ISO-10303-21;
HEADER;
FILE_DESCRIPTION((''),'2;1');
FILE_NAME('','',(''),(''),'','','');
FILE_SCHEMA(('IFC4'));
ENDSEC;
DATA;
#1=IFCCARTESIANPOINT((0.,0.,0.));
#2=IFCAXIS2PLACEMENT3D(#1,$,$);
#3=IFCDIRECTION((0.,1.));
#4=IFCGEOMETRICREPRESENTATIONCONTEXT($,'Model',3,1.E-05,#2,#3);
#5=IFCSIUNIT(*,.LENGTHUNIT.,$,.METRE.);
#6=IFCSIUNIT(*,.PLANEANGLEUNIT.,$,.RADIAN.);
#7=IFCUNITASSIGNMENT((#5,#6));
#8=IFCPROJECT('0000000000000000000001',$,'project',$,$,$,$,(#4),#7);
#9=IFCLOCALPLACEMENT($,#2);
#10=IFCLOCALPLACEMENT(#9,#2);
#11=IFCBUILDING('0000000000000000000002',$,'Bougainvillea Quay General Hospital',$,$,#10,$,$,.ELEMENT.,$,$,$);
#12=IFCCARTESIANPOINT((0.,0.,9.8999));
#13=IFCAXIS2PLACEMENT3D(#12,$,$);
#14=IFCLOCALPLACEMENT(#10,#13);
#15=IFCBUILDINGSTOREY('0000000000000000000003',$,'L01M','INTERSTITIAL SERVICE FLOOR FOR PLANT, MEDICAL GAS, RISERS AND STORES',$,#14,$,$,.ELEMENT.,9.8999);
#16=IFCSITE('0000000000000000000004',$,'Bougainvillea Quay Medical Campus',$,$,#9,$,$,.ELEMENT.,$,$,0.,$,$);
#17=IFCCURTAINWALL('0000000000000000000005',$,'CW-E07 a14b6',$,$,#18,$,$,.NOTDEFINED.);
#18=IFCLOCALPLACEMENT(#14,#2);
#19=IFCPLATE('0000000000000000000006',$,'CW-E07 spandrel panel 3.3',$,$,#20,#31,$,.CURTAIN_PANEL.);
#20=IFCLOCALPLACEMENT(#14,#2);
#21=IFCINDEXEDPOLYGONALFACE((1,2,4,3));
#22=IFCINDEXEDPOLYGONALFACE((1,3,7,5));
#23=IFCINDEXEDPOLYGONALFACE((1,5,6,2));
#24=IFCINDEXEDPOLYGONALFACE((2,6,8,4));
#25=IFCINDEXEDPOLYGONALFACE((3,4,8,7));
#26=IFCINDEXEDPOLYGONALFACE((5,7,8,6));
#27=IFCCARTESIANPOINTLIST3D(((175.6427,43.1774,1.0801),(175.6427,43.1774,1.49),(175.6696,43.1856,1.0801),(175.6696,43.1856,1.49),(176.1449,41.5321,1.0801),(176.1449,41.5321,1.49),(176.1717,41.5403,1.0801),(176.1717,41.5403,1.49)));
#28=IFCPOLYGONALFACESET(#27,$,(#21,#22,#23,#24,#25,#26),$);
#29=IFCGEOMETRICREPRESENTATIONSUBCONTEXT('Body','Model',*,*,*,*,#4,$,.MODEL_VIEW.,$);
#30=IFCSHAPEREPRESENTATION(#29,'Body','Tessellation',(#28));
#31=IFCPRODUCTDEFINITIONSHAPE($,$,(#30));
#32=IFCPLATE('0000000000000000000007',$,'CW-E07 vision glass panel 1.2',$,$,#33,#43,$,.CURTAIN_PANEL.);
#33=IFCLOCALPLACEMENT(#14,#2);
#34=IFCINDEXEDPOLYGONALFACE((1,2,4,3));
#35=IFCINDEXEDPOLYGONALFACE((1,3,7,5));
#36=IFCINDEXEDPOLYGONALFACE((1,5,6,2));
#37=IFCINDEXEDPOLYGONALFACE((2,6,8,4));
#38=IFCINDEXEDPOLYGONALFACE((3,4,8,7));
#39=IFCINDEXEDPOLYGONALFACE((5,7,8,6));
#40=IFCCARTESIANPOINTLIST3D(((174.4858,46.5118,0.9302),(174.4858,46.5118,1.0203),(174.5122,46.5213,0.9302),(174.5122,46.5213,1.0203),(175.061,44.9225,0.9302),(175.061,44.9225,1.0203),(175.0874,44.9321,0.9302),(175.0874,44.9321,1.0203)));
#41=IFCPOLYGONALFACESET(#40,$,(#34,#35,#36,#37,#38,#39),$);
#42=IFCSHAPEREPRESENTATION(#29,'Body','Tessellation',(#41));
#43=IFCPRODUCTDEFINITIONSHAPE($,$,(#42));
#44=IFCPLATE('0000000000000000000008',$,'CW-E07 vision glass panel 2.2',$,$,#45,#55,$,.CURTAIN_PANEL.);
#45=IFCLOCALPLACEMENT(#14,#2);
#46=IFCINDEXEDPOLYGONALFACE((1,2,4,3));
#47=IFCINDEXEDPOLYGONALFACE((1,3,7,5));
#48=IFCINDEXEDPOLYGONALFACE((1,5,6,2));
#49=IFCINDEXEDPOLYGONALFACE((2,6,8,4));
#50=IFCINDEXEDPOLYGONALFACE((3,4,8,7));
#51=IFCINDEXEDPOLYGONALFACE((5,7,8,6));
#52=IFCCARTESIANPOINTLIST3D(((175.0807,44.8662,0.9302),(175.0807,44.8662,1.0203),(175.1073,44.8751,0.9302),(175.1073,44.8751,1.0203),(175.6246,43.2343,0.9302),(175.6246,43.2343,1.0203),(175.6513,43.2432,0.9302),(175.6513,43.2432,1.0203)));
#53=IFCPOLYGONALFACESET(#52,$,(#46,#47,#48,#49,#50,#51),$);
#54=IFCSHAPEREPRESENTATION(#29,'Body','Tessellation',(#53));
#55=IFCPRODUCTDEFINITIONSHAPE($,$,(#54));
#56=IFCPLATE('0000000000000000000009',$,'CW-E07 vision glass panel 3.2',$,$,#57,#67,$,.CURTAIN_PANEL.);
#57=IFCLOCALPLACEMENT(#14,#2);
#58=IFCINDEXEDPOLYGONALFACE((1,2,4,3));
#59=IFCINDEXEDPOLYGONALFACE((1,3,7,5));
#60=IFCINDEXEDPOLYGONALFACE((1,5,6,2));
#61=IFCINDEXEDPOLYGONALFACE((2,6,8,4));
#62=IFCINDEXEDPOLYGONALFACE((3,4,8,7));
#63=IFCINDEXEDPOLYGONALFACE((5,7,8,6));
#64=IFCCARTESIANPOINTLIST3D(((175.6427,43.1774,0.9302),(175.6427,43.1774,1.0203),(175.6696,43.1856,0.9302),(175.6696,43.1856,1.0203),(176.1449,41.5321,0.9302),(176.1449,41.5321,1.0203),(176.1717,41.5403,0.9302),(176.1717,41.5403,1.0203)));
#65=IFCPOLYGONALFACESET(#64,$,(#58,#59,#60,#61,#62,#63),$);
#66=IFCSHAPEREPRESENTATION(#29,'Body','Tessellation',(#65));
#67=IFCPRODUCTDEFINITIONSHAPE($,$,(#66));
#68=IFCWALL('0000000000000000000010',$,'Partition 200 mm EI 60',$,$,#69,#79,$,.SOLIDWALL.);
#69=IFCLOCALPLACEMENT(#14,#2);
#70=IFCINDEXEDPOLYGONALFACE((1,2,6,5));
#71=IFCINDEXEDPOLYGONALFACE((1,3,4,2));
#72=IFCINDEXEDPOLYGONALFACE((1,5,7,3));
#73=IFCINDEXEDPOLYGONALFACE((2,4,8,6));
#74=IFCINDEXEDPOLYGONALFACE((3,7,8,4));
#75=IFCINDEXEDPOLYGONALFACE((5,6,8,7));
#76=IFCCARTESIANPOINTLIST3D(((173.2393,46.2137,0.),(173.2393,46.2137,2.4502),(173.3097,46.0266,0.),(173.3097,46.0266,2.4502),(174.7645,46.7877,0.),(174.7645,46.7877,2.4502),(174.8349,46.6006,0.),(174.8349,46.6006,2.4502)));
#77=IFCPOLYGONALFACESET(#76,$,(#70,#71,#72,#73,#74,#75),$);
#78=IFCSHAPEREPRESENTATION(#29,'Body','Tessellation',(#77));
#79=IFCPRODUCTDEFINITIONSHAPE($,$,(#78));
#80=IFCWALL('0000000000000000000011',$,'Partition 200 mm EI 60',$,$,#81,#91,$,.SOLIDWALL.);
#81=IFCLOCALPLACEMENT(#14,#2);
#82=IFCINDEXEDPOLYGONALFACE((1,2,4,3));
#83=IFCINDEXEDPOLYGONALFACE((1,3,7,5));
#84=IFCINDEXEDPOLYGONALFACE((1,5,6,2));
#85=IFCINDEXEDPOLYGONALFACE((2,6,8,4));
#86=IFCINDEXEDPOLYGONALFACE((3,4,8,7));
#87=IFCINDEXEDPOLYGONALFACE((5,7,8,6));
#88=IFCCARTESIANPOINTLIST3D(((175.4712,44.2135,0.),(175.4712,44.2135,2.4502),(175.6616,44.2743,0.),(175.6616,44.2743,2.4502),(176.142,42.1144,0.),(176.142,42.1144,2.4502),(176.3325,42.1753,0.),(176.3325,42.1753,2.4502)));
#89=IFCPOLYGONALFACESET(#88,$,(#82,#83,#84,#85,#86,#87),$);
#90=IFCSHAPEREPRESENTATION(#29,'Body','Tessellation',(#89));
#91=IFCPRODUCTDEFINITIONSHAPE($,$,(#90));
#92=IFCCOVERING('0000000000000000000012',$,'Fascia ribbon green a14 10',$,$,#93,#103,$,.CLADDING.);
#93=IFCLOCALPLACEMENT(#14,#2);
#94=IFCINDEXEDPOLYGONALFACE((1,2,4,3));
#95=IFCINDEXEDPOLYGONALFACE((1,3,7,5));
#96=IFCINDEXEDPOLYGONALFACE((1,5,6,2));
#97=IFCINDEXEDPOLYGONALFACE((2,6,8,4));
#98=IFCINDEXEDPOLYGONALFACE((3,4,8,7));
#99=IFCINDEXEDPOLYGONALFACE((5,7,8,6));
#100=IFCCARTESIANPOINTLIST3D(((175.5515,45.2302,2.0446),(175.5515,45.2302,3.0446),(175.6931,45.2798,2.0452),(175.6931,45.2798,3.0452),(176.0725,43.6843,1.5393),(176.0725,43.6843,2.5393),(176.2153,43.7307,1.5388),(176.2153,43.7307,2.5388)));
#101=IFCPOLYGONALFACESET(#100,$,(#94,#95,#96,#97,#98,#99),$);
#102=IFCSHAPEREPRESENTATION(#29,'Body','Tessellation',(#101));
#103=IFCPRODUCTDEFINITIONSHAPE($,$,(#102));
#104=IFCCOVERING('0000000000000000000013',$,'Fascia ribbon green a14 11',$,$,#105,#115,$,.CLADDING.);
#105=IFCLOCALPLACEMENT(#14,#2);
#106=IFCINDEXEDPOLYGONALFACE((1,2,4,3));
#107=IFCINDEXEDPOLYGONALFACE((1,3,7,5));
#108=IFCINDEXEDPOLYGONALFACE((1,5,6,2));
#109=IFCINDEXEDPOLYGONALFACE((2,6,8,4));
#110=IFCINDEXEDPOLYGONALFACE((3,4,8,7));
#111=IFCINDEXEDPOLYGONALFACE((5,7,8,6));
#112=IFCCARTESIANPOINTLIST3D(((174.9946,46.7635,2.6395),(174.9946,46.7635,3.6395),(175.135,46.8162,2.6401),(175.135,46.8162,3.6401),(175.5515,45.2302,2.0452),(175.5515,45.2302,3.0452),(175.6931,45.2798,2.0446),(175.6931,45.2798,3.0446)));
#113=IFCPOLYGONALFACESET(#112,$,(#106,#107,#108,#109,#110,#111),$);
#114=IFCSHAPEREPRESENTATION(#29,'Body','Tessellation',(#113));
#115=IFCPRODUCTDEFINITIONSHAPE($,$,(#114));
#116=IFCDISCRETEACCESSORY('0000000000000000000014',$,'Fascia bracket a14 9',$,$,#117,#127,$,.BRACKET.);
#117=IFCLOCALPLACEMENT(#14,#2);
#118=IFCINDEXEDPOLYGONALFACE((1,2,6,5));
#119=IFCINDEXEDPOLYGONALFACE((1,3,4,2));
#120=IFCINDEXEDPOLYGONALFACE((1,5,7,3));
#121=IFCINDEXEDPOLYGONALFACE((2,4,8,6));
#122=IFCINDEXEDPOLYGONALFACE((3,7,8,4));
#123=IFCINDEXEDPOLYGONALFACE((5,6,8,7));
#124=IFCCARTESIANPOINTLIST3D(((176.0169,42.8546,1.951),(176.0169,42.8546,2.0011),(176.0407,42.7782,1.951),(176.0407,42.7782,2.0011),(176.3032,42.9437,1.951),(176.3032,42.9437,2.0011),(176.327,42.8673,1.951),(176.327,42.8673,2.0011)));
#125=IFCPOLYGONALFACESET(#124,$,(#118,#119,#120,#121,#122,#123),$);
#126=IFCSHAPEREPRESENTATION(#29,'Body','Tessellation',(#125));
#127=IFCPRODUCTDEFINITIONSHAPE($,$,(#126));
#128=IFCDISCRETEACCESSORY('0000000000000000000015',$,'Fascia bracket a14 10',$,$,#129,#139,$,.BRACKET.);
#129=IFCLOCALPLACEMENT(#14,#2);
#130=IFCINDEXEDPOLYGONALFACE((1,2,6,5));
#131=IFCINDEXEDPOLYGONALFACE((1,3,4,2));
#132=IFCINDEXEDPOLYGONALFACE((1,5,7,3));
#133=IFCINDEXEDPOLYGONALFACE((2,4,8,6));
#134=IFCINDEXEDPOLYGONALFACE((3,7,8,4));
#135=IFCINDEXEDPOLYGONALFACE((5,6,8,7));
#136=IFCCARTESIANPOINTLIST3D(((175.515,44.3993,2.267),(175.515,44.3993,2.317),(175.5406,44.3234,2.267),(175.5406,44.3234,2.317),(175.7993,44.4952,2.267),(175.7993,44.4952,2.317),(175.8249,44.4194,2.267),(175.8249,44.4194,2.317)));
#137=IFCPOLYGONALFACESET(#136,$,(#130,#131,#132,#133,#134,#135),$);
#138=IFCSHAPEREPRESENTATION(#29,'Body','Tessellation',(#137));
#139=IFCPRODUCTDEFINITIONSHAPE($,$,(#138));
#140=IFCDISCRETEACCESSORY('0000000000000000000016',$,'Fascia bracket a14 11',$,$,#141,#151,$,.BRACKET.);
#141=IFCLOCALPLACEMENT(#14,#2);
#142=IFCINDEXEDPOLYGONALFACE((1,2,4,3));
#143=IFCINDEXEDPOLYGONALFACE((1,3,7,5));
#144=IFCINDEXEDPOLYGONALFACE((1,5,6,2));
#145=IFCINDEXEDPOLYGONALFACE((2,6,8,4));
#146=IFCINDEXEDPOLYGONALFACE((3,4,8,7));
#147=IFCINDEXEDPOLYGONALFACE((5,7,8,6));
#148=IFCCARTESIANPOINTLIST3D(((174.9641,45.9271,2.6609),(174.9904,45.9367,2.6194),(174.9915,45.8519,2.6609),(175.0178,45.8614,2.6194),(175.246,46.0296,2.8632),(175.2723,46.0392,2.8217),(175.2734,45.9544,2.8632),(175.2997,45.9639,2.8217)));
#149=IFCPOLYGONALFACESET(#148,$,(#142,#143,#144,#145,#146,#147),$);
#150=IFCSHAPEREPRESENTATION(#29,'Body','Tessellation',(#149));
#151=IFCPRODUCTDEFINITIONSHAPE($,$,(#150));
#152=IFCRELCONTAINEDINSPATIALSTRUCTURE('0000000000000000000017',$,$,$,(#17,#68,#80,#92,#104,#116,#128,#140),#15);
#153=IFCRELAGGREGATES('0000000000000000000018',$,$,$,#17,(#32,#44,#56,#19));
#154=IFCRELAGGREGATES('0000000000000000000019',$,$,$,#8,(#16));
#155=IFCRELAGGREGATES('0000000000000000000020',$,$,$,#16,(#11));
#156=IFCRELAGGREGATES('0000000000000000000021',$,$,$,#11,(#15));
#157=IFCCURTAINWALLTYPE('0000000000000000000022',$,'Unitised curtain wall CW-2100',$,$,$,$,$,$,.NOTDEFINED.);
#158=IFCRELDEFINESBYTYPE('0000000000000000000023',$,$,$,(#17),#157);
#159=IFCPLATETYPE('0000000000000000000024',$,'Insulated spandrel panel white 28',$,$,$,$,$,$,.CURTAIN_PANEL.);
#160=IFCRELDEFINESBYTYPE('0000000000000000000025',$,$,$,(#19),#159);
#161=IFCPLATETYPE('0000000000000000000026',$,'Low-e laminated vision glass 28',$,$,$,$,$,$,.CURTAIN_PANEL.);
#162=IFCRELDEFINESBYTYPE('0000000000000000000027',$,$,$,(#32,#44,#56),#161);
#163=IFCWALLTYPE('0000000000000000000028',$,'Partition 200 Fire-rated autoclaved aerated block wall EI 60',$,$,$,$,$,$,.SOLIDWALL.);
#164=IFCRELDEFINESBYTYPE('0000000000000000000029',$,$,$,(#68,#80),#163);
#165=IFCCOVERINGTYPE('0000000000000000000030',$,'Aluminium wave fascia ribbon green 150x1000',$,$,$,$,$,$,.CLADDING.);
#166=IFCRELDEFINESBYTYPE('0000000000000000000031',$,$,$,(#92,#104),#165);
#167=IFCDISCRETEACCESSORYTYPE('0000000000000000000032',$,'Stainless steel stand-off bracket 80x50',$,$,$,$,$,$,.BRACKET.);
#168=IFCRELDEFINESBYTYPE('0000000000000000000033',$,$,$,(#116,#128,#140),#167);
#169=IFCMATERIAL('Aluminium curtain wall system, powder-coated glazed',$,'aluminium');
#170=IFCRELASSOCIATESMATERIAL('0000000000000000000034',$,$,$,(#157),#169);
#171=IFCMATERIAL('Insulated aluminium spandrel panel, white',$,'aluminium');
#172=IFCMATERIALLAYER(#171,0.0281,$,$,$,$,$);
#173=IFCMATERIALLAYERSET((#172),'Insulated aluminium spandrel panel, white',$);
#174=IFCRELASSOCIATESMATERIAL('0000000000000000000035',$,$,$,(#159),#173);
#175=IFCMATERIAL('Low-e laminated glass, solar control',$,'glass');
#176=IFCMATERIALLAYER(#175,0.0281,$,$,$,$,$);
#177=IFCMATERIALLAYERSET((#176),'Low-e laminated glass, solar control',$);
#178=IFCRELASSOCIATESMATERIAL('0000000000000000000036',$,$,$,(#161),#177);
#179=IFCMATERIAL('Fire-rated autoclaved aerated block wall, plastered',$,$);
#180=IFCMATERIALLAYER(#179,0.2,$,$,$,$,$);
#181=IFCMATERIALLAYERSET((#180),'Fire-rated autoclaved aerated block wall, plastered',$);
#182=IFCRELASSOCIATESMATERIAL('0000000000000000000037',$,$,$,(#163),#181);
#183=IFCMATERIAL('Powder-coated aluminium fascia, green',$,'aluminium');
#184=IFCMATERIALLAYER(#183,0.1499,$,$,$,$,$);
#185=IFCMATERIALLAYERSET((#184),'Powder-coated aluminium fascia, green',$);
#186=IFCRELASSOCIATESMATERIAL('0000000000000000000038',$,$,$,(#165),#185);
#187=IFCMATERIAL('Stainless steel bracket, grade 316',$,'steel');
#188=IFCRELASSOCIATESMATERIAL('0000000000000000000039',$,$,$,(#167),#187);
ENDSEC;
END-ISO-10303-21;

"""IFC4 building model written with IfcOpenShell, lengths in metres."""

from ifc_helpers import new_model, si_unit, direction, frame, frame_2d, origin, origin_2d, place, context, subcontext, project, spatial, polyline, rectangle, outline, extrude, material, layer, layer_set, material_profile, profile_set, type_object, element, aggregate, save


model = new_model("IFC4")

# Units and contexts
model_context = context("Model", 3, precision=1e-05, world=origin(), true_north=direction((0.0, 1.0)))
body_context = subcontext(model_context, "Body", "Model", "MODEL_VIEW")
ifc_project = project(units=[si_unit("LENGTHUNIT", "METRE"), si_unit("PLANEANGLEUNIT", "RADIAN")], contexts=[model_context])

# Site, building, storey
site_placement = place(None, origin())
site = spatial("IfcSite", under=ifc_project, at=site_placement, Name="Bougainvillea Quay Medical Campus", CompositionType="ELEMENT", RefElevation=0.0)
building_placement = place(site_placement, origin())
building = spatial("IfcBuilding", under=site, at=building_placement, Name="Bougainvillea Quay General Hospital", CompositionType="ELEMENT")
storey_placement = place(building_placement, frame((0.0, 0.0, 9.8999)))
storey = spatial("IfcBuildingStorey", under=building, at=storey_placement, Name="L01M", Description="INTERSTITIAL SERVICE FLOOR FOR PLANT, MEDICAL GAS, RISERS AND STORES", CompositionType="ELEMENT", Elevation=9.8999)

# Curtain wall, plates
ifc_material_1 = material(Name="Aluminium curtain wall system, powder-coated glazed", Category="aluminium")
curtain_wall_type = type_object("IfcCurtainWallType", Name="Unitised curtain wall CW-2100", PredefinedType="NOTDEFINED", material=ifc_material_1)
curtain_wall_placement = place(storey_placement, origin())
curtain_wall = element("IfcCurtainWall", 1, at=curtain_wall_placement, inside=storey, type_object=curtain_wall_type, Name="CW-E07 a14b6", PredefinedType="NOTDEFINED")
ifc_material_2 = material(Name="Insulated aluminium spandrel panel, white", Category="aluminium")
ifc_layer_1 = layer(ifc_material_2, 0.0281)
ifc_layer_set_1 = layer_set([ifc_layer_1], Name="Insulated aluminium spandrel panel, white")
plate_type_1 = type_object("IfcPlateType", Name="Insulated spandrel panel white 28", PredefinedType="CURTAIN_PANEL", material=ifc_layer_set_1)
plate_1_placement = place(storey_placement, frame((175.9072, 42.3589, 1.0801), z_axis=(0.0, 0.0, 1.0), x_axis=(0.291904, -0.956448, 0.0)))
plate_1 = element("IfcPlate", 2, at=plate_1_placement, type_object=plate_type_1, Name="CW-E07 spandrel panel 3.3", PredefinedType="CURTAIN_PANEL", context=body_context, shape_type="SweptSolid", body=[
    extrude(rectangle(XDim=1.7202, YDim=0.0281, at=origin_2d()), origin(), (0.0, 0.0, 1.0), 0.4099),
])
ifc_material_3 = material(Name="Low-e laminated glass, solar control", Category="glass")
ifc_layer_2 = layer(ifc_material_3, 0.0281)
ifc_layer_set_2 = layer_set([ifc_layer_2], Name="Low-e laminated glass, solar control")
plate_type_2 = type_object("IfcPlateType", Name="Low-e laminated vision glass 28", PredefinedType="CURTAIN_PANEL", material=ifc_layer_set_2)
plate_2_placement = place(storey_placement, frame((174.7866, 45.7219, 0.9302), z_axis=(0.0, 0.0, 1.0), x_axis=(0.340327, -0.940307, 0.0)))
plate_2 = element("IfcPlate", 3, at=plate_2_placement, type_object=plate_type_2, Name="CW-E07 vision glass panel 1.2", PredefinedType="CURTAIN_PANEL", context=body_context, shape_type="SweptSolid", body=[
    extrude(rectangle(XDim=1.6902, YDim=0.0281, at=origin_2d()), origin(), (0.0, 0.0, 1.0), 0.0901),
])
plate_3_placement = place(storey_placement, frame((175.366, 44.0547, 0.9302), z_axis=(0.0, 0.0, 1.0), x_axis=(0.316219, -0.948686, 0.0)))
plate_3 = element("IfcPlate", 4, at=plate_3_placement, type_object=plate_type_2, Name="CW-E07 vision glass panel 2.2", PredefinedType="CURTAIN_PANEL", context=body_context, shape_type="SweptSolid", body=[
    extrude(rectangle(XDim=1.7202, YDim=0.0281, at=origin_2d()), origin(), (0.0, 0.0, 1.0), 0.0901),
])
plate_4_placement = place(storey_placement, frame((175.9072, 42.3589, 0.9302), z_axis=(0.0, 0.0, 1.0), x_axis=(0.291904, -0.956448, 0.0)))
plate_4 = element("IfcPlate", 5, at=plate_4_placement, type_object=plate_type_2, Name="CW-E07 vision glass panel 3.2", PredefinedType="CURTAIN_PANEL", context=body_context, shape_type="SweptSolid", body=[
    extrude(rectangle(XDim=1.7202, YDim=0.0281, at=origin_2d()), origin(), (0.0, 0.0, 1.0), 0.0901),
])
aggregate(curtain_wall, [plate_2, plate_3, plate_4, plate_1])

# Walls
ifc_material_4 = material(Name="Fire-rated autoclaved aerated block wall, plastered")
ifc_layer_3 = layer(ifc_material_4, 0.2)
ifc_layer_set_3 = layer_set([ifc_layer_3], Name="Fire-rated autoclaved aerated block wall, plastered")
wall_type = type_object("IfcWallType", Name="Partition 200 Fire-rated autoclaved aerated block wall EI 60", PredefinedType="SOLIDWALL", material=ifc_layer_set_3)
wall_1_placement = place(storey_placement, frame((173.2744, 46.1201, 0.0), z_axis=(0.0, 0.0, 1.0), x_axis=(0.935916, 0.352223, 0.0)))
element("IfcWall", 6, at=wall_1_placement, inside=storey, type_object=wall_type, Name="Partition 200 mm EI 60", PredefinedType="SOLIDWALL", context=body_context, shape_type="SweptSolid", body=[
    extrude(rectangle(XDim=1.6296, YDim=0.2, at=frame_2d((0.8149, 0.0))), origin(), (0.0, 0.0, 1.0), 2.4502),
])
wall_2_placement = place(storey_placement, frame((175.5664, 44.2439, 0.0), z_axis=(0.0, 0.0, 1.0), x_axis=(0.304438, -0.952532, 0.0)))
element("IfcWall", 7, at=wall_2_placement, inside=storey, type_object=wall_type, Name="Partition 200 mm EI 60", PredefinedType="SOLIDWALL", context=body_context, shape_type="SweptSolid", body=[
    extrude(rectangle(XDim=2.2036, YDim=0.2, at=frame_2d((1.1018, 0.0))), origin(), (0.0, 0.0, 1.0), 2.4502),
])

# Coverings
ifc_material_5 = material(Name="Powder-coated aluminium fascia, green", Category="aluminium")
ifc_layer_4 = layer(ifc_material_5, 0.1499)
ifc_layer_set_4 = layer_set([ifc_layer_4], Name="Powder-coated aluminium fascia, green")
covering_type = type_object("IfcCoveringType", Name="Aluminium wave fascia ribbon green 150x1000", PredefinedType="CLADDING", material=ifc_layer_set_4)
covering_1_placement = place(storey_placement, frame((176.0725, 43.6843, 1.5393), z_axis=(0.094581, -0.280373, 0.95522), x_axis=(-0.305068, 0.905196, 0.295896)))
element("IfcCovering", 8, at=covering_1_placement, inside=storey, type_object=covering_type, Name="Fascia ribbon green a14 10", PredefinedType="CLADDING", context=body_context, shape_type="SweptSolid", body=[
    extrude(outline(polyline([(0.0, 0.0), (1.7078, 0.0), (1.7096, -0.15), (-0.0017, -0.1502), (0.0, 0.0)])), origin(), (0.295896, 0.000081, 0.95522), 1.0),
])
covering_2_placement = place(storey_placement, frame((175.5515, 45.2302, 2.0452), z_axis=(0.116748, -0.321824, 0.939574), x_axis=(-0.320765, 0.883124, 0.342346)))
element("IfcCovering", 9, at=covering_2_placement, inside=storey, type_object=covering_type, Name="Fascia ribbon green a14 11", PredefinedType="CLADDING", context=body_context, shape_type="SweptSolid", body=[
    extrude(outline(polyline([(0.0, 0.0), (1.7362, 0.0), (1.7379, -0.15), (-0.0018, -0.15), (0.0, 0.0)])), origin(), (0.342346, -0.000127, 0.939574), 1.0),
])

# Discrete accessories
ifc_material_6 = material(Name="Stainless steel bracket, grade 316", Category="steel")
ifc_material_profile_1 = material_profile(ifc_material_6, rectangle(XDim=0.0801, YDim=0.05, at=origin_2d()))
ifc_profile_set_1 = profile_set([ifc_material_profile_1], Name="Stainless steel bracket, grade 316")
discrete_accessory_type = type_object("IfcDiscreteAccessoryType", Name="Stainless steel stand-off bracket 80x50", PredefinedType="BRACKET", material=ifc_profile_set_1)
discrete_accessory_1_placement = place(storey_placement, frame((176.0288, 42.8164, 1.9761), z_axis=(0.954841, 0.297116, 0.0), x_axis=(-0.297116, 0.954841, 0.0)))
element("IfcDiscreteAccessory", 10, at=discrete_accessory_1_placement, inside=storey, type_object=discrete_accessory_type, Name="Fascia bracket a14 9", PredefinedType="BRACKET", context=body_context, shape_type="SweptSolid", body=[
    extrude(rectangle(XDim=0.0801, YDim=0.05, at=origin_2d()), origin(), (0.0, 0.0, 1.0), 0.2998),
])
discrete_accessory_2_placement = place(storey_placement, frame((175.5278, 44.3613, 2.292), z_axis=(0.947455, 0.319888, 0.0), x_axis=(-0.319888, 0.947455, 0.0)))
element("IfcDiscreteAccessory", 11, at=discrete_accessory_2_placement, inside=storey, type_object=discrete_accessory_type, Name="Fascia bracket a14 10", PredefinedType="BRACKET", context=body_context, shape_type="SweptSolid", body=[
    extrude(rectangle(XDim=0.0801, YDim=0.05, at=origin_2d()), origin(), (0.0, 0.0, 1.0), 0.3),
])
discrete_accessory_3_placement = place(storey_placement, frame((174.991, 45.8943, 2.6401), z_axis=(0.779114, 0.283314, 0.559208), x_axis=(-0.341743, 0.939793, 0.0)))
element("IfcDiscreteAccessory", 12, at=discrete_accessory_3_placement, inside=storey, type_object=discrete_accessory_type, Name="Fascia bracket a14 11", PredefinedType="BRACKET", context=body_context, shape_type="SweptSolid", body=[
    extrude(rectangle(XDim=0.0801, YDim=0.05, at=origin_2d()), origin(), (0.0, 0.0, 1.0), 0.3618),
])

save(model, "model.ifc")
